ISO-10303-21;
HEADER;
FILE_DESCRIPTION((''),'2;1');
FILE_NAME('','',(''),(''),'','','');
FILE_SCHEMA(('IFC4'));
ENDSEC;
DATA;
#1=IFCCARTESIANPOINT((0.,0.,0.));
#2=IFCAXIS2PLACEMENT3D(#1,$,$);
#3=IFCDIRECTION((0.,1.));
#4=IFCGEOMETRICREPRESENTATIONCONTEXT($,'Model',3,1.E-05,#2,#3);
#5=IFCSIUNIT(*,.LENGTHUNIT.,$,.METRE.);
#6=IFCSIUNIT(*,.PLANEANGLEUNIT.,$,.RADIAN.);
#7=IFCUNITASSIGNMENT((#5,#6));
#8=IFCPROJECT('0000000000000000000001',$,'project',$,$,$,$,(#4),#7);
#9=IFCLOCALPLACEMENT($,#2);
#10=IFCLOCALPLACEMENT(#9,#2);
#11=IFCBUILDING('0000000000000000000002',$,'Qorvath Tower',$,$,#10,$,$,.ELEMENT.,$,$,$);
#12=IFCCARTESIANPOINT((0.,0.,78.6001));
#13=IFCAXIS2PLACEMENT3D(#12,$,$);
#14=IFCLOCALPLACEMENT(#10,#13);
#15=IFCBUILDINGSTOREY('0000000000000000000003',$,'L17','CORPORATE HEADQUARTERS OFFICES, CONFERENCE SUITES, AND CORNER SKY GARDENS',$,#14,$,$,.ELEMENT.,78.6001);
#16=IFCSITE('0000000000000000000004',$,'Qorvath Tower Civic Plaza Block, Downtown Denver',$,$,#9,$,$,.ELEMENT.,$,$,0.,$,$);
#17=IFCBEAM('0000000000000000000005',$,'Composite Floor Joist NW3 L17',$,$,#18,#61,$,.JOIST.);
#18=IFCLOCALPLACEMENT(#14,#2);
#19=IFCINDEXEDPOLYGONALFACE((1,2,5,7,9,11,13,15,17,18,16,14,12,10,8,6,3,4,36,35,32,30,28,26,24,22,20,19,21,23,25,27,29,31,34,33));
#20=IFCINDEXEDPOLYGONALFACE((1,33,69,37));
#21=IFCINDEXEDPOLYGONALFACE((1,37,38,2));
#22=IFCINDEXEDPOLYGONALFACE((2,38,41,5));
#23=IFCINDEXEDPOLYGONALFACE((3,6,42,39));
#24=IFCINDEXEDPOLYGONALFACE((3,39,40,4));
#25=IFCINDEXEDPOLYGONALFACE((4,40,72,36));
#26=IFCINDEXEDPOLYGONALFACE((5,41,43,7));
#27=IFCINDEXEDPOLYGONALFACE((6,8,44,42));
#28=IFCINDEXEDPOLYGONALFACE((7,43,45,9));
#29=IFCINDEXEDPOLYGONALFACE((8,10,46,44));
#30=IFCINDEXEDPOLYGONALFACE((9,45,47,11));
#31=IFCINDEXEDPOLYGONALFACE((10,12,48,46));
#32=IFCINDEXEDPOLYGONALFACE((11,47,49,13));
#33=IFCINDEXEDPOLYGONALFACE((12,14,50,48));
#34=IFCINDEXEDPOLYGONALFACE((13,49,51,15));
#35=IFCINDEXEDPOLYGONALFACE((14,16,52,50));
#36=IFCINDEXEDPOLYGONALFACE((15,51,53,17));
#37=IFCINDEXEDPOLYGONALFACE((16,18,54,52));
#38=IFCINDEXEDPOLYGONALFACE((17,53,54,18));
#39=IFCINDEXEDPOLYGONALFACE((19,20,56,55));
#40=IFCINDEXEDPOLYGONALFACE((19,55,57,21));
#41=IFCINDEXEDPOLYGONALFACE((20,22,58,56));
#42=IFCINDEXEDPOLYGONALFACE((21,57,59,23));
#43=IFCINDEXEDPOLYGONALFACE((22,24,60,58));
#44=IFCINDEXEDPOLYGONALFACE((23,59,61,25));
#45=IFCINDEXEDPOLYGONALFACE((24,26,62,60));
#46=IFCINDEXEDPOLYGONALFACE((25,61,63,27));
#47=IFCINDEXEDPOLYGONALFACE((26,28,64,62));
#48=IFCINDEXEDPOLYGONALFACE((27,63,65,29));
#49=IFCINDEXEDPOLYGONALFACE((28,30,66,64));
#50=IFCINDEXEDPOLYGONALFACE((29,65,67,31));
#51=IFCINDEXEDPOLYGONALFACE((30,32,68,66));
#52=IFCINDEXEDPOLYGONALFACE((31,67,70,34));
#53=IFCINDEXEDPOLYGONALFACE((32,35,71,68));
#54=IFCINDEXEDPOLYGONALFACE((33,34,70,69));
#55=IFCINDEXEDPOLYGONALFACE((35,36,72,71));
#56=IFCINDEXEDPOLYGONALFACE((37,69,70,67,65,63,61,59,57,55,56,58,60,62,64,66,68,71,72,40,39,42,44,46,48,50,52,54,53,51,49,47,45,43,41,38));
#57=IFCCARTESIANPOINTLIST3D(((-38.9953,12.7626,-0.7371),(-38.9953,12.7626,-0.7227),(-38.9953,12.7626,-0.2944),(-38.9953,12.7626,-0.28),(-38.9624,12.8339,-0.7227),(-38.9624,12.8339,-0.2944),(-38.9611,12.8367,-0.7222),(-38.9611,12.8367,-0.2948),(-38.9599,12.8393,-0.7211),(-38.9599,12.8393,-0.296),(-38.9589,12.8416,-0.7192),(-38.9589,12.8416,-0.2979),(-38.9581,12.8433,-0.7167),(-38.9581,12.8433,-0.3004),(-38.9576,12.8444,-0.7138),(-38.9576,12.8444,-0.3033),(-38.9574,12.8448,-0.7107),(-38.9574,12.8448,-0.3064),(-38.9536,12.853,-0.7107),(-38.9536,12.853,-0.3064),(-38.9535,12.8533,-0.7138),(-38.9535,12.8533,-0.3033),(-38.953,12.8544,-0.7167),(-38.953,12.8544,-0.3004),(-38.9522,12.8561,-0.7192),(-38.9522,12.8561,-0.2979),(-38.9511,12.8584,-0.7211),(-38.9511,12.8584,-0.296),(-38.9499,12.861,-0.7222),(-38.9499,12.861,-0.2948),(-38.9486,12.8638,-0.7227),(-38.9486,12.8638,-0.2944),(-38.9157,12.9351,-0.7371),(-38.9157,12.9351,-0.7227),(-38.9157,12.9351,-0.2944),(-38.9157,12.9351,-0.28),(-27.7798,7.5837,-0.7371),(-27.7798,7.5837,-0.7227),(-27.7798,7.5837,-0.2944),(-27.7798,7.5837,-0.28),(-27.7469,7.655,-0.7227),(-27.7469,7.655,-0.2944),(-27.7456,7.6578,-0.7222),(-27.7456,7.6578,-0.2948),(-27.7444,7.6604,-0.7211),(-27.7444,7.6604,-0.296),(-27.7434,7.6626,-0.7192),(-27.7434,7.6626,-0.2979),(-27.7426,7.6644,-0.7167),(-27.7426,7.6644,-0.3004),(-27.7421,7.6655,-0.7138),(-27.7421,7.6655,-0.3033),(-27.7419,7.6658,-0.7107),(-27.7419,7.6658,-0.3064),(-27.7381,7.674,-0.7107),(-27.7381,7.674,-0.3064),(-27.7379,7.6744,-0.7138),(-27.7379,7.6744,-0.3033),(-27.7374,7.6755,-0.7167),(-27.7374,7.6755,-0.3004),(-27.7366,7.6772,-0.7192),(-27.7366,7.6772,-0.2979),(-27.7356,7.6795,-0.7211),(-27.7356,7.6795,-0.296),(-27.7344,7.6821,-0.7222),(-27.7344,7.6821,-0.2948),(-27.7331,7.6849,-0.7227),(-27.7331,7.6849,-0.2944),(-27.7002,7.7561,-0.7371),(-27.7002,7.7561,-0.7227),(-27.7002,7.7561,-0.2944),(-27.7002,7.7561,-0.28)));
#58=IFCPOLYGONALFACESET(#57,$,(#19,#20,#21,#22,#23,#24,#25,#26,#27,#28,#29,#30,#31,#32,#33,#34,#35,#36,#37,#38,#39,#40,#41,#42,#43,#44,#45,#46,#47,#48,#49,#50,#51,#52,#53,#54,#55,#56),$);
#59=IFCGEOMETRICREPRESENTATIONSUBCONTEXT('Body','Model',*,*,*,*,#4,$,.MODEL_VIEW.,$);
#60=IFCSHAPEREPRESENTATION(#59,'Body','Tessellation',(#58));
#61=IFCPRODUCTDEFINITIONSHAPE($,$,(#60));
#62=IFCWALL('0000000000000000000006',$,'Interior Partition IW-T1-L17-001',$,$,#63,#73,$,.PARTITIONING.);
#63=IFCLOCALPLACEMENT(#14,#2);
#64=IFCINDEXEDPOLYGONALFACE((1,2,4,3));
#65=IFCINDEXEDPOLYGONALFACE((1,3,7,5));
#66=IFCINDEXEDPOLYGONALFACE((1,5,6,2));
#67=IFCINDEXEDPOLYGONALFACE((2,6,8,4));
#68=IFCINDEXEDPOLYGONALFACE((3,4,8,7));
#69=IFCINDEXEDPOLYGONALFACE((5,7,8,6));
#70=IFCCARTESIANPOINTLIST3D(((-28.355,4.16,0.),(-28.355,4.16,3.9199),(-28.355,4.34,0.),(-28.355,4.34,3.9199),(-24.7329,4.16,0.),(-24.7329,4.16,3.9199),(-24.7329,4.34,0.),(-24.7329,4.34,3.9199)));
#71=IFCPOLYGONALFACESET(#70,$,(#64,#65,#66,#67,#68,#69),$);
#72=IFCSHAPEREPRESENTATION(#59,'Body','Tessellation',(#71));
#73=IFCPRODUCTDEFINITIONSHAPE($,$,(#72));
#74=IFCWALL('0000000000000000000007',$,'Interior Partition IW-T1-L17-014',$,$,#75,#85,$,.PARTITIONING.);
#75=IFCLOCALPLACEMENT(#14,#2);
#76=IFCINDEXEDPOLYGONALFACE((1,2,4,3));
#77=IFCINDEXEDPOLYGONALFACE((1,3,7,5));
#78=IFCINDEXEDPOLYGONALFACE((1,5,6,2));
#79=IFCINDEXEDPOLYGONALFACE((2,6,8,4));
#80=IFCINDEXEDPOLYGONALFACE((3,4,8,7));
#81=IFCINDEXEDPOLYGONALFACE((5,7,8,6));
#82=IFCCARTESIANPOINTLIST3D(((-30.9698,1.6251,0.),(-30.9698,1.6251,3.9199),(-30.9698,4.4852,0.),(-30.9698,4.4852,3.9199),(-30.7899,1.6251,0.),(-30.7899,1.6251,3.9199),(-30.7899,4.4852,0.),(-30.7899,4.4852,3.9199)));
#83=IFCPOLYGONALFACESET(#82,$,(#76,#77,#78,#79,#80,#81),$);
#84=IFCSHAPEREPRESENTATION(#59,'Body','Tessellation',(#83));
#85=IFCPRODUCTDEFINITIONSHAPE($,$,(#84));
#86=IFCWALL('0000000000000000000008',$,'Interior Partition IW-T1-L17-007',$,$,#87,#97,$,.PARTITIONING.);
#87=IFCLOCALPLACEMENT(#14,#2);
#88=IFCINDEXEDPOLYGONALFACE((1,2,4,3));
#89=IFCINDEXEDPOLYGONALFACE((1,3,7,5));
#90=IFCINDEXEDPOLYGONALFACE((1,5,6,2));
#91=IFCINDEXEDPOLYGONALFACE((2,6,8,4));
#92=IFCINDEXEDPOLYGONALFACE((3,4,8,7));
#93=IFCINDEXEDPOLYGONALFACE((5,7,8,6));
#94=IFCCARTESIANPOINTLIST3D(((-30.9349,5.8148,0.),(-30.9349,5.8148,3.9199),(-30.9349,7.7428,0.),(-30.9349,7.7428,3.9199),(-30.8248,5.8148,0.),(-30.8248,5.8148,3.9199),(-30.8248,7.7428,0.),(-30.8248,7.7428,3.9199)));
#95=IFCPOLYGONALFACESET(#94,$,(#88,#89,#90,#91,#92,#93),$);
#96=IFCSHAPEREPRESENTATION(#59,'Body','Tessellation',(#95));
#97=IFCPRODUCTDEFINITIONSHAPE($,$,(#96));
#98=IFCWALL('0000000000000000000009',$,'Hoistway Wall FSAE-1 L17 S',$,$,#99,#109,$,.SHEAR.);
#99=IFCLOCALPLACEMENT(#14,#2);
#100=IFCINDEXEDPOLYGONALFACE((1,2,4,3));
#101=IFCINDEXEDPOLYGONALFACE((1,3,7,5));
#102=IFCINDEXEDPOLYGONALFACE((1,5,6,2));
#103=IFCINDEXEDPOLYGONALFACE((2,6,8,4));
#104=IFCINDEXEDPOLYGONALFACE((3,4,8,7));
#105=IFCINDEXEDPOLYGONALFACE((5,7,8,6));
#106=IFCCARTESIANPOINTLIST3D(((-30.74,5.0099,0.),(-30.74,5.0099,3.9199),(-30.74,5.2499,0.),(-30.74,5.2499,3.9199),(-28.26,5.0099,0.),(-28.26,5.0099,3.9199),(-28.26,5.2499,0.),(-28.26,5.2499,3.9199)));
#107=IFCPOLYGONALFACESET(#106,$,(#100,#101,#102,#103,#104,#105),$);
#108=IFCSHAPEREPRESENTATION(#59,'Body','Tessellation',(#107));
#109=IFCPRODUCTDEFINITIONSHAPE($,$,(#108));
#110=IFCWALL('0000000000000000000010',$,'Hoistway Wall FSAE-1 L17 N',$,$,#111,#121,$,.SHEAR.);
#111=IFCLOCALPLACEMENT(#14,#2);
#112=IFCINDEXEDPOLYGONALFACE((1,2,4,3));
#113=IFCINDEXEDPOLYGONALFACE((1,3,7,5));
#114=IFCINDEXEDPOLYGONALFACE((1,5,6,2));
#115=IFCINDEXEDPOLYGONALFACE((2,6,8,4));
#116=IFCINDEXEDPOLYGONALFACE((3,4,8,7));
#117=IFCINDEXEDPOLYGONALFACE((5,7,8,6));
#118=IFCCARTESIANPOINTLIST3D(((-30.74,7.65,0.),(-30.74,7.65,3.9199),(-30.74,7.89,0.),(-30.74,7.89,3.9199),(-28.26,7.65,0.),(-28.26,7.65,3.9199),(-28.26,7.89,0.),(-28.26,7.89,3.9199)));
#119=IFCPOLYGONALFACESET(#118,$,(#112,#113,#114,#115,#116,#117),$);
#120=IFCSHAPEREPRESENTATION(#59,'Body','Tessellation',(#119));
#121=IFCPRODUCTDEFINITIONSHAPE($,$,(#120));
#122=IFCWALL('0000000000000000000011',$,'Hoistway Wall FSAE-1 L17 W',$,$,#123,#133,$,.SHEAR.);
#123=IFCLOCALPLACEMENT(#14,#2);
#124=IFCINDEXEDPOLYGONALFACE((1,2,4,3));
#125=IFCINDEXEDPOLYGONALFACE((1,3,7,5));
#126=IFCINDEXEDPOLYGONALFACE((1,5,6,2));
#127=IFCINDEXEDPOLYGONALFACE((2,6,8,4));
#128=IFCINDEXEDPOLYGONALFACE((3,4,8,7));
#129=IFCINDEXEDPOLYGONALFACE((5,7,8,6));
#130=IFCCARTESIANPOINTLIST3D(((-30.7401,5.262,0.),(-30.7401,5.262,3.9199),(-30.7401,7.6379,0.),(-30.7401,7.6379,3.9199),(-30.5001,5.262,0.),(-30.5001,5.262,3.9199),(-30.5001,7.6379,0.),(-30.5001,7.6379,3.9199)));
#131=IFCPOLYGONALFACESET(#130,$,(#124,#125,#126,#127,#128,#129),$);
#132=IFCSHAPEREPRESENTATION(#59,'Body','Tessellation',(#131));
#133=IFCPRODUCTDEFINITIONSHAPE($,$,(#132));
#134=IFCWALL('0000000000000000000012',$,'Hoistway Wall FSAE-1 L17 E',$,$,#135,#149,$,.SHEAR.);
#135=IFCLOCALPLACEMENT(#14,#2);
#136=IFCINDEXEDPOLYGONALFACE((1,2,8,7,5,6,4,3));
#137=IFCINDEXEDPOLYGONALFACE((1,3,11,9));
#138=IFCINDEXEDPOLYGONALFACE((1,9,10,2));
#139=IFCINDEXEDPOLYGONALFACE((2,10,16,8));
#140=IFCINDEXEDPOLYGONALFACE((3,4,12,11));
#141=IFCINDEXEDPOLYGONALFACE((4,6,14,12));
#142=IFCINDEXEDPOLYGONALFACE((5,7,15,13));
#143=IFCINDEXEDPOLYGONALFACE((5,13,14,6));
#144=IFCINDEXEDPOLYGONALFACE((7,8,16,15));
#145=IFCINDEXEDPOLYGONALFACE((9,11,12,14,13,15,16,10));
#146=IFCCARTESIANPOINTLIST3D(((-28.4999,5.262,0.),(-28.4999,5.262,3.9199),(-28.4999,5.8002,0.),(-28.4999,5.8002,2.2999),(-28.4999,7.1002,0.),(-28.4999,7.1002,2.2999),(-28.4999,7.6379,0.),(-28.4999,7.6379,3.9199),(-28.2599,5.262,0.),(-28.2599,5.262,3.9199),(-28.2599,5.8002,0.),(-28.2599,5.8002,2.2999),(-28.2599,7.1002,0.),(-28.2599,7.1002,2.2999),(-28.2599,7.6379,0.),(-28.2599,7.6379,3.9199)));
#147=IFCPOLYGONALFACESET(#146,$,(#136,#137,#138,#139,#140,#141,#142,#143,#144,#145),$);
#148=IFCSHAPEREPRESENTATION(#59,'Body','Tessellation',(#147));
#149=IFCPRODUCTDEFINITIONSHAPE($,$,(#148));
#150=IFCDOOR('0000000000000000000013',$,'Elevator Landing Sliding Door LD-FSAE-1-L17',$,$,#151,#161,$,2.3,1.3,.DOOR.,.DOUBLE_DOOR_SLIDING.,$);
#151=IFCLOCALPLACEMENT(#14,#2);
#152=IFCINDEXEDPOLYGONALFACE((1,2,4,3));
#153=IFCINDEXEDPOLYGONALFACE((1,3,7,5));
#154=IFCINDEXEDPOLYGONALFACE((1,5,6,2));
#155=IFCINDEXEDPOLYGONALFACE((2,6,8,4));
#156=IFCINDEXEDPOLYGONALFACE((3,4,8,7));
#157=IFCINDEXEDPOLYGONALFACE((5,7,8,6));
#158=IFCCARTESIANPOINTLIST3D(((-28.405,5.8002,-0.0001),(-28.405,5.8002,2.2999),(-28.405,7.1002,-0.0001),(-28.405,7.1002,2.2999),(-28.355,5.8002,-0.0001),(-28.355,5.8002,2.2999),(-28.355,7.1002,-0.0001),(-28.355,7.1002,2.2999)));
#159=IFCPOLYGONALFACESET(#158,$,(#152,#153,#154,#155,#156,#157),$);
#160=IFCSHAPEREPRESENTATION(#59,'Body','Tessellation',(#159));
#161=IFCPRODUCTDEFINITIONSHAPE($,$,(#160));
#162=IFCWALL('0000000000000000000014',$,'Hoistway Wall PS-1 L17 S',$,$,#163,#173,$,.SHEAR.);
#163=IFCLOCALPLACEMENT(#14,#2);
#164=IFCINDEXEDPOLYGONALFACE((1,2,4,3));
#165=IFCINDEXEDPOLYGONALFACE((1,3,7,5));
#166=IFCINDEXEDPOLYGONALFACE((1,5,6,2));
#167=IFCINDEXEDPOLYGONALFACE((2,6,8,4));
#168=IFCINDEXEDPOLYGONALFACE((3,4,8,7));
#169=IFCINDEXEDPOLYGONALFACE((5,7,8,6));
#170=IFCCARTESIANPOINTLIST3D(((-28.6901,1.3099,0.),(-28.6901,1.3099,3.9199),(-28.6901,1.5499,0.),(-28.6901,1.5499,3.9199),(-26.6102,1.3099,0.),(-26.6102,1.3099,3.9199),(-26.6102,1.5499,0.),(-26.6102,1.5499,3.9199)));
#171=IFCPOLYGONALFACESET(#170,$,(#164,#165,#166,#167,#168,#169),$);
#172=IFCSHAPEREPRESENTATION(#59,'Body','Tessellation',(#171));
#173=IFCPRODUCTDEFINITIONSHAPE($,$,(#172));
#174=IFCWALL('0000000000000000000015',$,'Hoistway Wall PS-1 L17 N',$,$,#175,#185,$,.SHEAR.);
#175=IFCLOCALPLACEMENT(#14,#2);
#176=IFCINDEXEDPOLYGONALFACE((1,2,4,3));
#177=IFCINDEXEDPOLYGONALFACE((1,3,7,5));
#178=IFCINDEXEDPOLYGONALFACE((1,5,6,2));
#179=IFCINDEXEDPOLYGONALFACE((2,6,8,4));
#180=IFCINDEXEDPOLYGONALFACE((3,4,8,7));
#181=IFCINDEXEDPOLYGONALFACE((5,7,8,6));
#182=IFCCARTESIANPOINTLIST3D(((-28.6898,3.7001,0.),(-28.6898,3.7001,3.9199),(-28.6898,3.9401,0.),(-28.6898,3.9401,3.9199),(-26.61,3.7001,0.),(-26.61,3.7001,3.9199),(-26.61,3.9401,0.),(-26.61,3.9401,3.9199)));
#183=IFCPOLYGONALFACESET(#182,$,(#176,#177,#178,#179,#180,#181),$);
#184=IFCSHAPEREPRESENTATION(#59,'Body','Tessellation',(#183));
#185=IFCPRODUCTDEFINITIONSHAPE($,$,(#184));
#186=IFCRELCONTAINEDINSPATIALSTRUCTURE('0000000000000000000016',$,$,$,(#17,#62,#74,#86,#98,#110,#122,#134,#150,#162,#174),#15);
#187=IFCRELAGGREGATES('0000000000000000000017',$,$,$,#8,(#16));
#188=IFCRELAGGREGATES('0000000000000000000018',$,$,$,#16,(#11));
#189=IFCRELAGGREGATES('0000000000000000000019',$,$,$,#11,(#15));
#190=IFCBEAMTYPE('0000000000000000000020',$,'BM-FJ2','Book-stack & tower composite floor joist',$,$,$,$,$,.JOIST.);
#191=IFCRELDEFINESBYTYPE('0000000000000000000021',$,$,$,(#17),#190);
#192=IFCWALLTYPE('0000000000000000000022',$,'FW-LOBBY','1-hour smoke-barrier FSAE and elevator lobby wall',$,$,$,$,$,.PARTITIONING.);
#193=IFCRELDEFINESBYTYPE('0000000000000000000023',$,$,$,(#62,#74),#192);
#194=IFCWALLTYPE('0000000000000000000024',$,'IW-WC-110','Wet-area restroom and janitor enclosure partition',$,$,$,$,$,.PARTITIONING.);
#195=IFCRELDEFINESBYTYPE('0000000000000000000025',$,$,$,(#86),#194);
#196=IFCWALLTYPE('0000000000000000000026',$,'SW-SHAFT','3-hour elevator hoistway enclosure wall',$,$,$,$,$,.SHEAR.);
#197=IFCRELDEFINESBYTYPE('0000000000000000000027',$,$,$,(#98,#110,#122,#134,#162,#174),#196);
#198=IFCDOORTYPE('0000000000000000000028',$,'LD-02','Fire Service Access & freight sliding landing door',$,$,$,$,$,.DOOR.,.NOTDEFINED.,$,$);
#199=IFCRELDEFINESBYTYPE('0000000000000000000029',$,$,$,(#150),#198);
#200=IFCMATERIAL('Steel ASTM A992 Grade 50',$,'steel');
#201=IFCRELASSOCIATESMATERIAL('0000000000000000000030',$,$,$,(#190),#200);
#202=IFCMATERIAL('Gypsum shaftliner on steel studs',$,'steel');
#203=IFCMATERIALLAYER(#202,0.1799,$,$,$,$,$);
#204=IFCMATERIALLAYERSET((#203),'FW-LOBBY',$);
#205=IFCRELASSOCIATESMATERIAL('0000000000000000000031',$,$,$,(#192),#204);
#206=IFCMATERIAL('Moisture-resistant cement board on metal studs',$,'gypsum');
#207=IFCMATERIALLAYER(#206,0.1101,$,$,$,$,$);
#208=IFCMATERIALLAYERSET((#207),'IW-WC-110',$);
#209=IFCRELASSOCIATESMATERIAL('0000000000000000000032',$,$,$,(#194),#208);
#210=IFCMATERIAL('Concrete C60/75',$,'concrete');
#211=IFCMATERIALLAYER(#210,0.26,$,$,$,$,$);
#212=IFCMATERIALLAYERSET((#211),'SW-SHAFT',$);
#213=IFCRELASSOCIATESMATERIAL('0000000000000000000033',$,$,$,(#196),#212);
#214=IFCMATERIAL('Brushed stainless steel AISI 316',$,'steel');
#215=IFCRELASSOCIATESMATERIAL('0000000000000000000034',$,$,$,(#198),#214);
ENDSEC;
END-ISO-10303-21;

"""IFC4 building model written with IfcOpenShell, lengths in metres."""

from ifc_helpers import new_model, si_unit, direction, frame, frame_2d, origin, origin_2d, place, context, subcontext, project, spatial, rectangle, i_section, extrude, material, layer, layer_set, material_profile, profile_set, type_object, element, fill, save


model = new_model("IFC4")

# Units and contexts
model_context = context("Model", 3, precision=1e-05, world=origin(), true_north=direction((0.0, 1.0)))
body_context = subcontext(model_context, "Body", "Model", "MODEL_VIEW")
ifc_project = project(units=[si_unit("LENGTHUNIT", "METRE"), si_unit("PLANEANGLEUNIT", "RADIAN")], contexts=[model_context])

# Site, building, storey
site_placement = place(None, origin())
site = spatial("IfcSite", under=ifc_project, at=site_placement, Name="Qorvath Tower Civic Plaza Block, Downtown Denver", CompositionType="ELEMENT", RefElevation=0.0)
building_placement = place(site_placement, origin())
building = spatial("IfcBuilding", under=site, at=building_placement, Name="Qorvath Tower", CompositionType="ELEMENT")
storey_placement = place(building_placement, frame((0.0, 0.0, 78.6001)))
storey = spatial("IfcBuildingStorey", under=building, at=storey_placement, Name="L17", Description="CORPORATE HEADQUARTERS OFFICES, CONFERENCE SUITES, AND CORNER SKY GARDENS", CompositionType="ELEMENT", Elevation=78.6001)

# Beam
ifc_material_1 = material(Name="Steel ASTM A992 Grade 50", Category="steel")
ifc_material_profile_1 = material_profile(ifc_material_1, i_section(OverallWidth=0.1899, OverallDepth=0.457, WebThickness=0.009, FlangeThickness=0.0144, FilletRadius=0.012, at=origin_2d()), Name="W18x50")
ifc_profile_set_1 = profile_set([ifc_material_profile_1], Name="Steel ASTM A992 Grade 50")
beam_type_1 = type_object("IfcBeamType", Name="BM-FJ2", Description="Book-stack & tower composite floor joist", PredefinedType="JOIST", material=ifc_profile_set_1)
beam_1_placement = place(storey_placement, frame((-27.74, 7.6699, -0.5085), z_axis=(-0.907881, 0.419227, 0.0), x_axis=(-0.419227, -0.907881, 0.0)))
element("IfcBeam", 1, at=beam_1_placement, inside=storey, type_object=beam_type_1, Name="Composite Floor Joist NW3 L17", PredefinedType="JOIST", context=body_context, shape_type="SweptSolid", body=[
    extrude(i_section(OverallWidth=0.1899, OverallDepth=0.457, WebThickness=0.009, FlangeThickness=0.0144, FilletRadius=0.012, at=origin_2d()), origin(), (0.0, 0.0, 1.0), 12.3535),
])

# Wall
ifc_material_2 = material(Name="Gypsum shaftliner on steel studs", Category="steel")
ifc_layer_1 = layer(ifc_material_2, 0.1799)
ifc_layer_set_1 = layer_set([ifc_layer_1], Name="FW-LOBBY")
wall_type_1 = type_object("IfcWallType", Name="FW-LOBBY", Description="1-hour smoke-barrier FSAE and elevator lobby wall", PredefinedType="PARTITIONING", material=ifc_layer_set_1)
wall_1_placement = place(storey_placement, frame((-28.355, 4.25, 0.0), z_axis=(0.0, 0.0, 1.0), x_axis=(1.0, 0.0, 0.0)))
element("IfcWall", 2, at=wall_1_placement, inside=storey, type_object=wall_type_1, Name="Interior Partition IW-T1-L17-001", PredefinedType="PARTITIONING", context=body_context, shape_type="SweptSolid", body=[
    extrude(rectangle(XDim=3.6221, YDim=0.1799, at=frame_2d((1.811, 0.0))), origin(), (0.0, 0.0, 1.0), 3.9199),
])

# Walls
wall_2_placement = place(storey_placement, frame((-30.8799, 1.625, 0.0), z_axis=(0.0, 0.0, 1.0), x_axis=(0.0, 1.0, 0.0)))
element("IfcWall", 3, at=wall_2_placement, inside=storey, type_object=wall_type_1, Name="Interior Partition IW-T1-L17-014", PredefinedType="PARTITIONING", context=body_context, shape_type="SweptSolid", body=[
    extrude(rectangle(XDim=2.8601, YDim=0.1799, at=frame_2d((1.4302, 0.0))), origin(), (0.0, 0.0, 1.0), 3.9199),
])
ifc_material_3 = material(Name="Moisture-resistant cement board on metal studs", Category="gypsum")
ifc_layer_2 = layer(ifc_material_3, 0.1101)
ifc_layer_set_2 = layer_set([ifc_layer_2], Name="IW-WC-110")
wall_type_2 = type_object("IfcWallType", Name="IW-WC-110", Description="Wet-area restroom and janitor enclosure partition", PredefinedType="PARTITIONING", material=ifc_layer_set_2)
wall_3_placement = place(storey_placement, frame((-30.8799, 5.8149, 0.0), z_axis=(0.0, 0.0, 1.0), x_axis=(0.0, 1.0, 0.0)))
element("IfcWall", 4, at=wall_3_placement, inside=storey, type_object=wall_type_2, Name="Interior Partition IW-T1-L17-007", PredefinedType="PARTITIONING", context=body_context, shape_type="SweptSolid", body=[
    extrude(rectangle(XDim=1.928, YDim=0.1101, at=frame_2d((0.9639, 0.0))), origin(), (0.0, 0.0, 1.0), 3.9199),
])
ifc_material_4 = material(Name="Concrete C60/75", Category="concrete")
ifc_layer_3 = layer(ifc_material_4, 0.26)
ifc_layer_set_3 = layer_set([ifc_layer_3], Name="SW-SHAFT")
wall_type_3 = type_object("IfcWallType", Name="SW-SHAFT", Description="3-hour elevator hoistway enclosure wall", PredefinedType="SHEAR", material=ifc_layer_set_3)
for number, where, z_axis, x_axis, name in (
    (5, (-28.26, 5.1299, 0.0), (0.0, 0.0, 1.0), (-1.0, 0.0, 0.0), "Hoistway Wall FSAE-1 L17 S"),
    (6, (-30.74, 7.77, 0.0), (0.0, 0.0, 1.0), (1.0, 0.0, 0.0), "Hoistway Wall FSAE-1 L17 N"),
):
    element("IfcWall", number, at=place(storey_placement, frame(where, z_axis=z_axis, x_axis=x_axis)), inside=storey, type_object=wall_type_3, Name=name, PredefinedType="SHEAR", context=body_context, shape_type="SweptSolid", body=[
        extrude(rectangle(XDim=2.48, YDim=0.24, at=frame_2d((1.24, 0.0))), origin(), (0.0, 0.0, 1.0), 3.9199),
    ])
wall_4_placement = place(storey_placement, frame((-30.6201, 5.262, 0.0), z_axis=(0.0, 0.0, 1.0), x_axis=(0.0, 1.0, 0.0)))
element("IfcWall", 7, at=wall_4_placement, inside=storey, type_object=wall_type_3, Name="Hoistway Wall FSAE-1 L17 W", PredefinedType="SHEAR", context=body_context, shape_type="SweptSolid", body=[
    extrude(rectangle(XDim=2.376, YDim=0.24, at=frame_2d((1.188, 0.0))), origin(), (0.0, 0.0, 1.0), 3.9199),
])

# Wall, opening, door
wall_5_placement = place(storey_placement, frame((-28.3799, 7.6379, 0.0), z_axis=(0.0, 0.0, 1.0), x_axis=(0.0, -1.0, 0.0)))
wall_5 = element("IfcWall", 8, at=wall_5_placement, inside=storey, type_object=wall_type_3, Name="Hoistway Wall FSAE-1 L17 E", PredefinedType="SHEAR", context=body_context, shape_type="SweptSolid", body=[
    extrude(rectangle(XDim=2.376, YDim=0.24, at=frame_2d((1.188, 0.0))), origin(), (0.0, 0.0, 1.0), 3.9199),
])
opening_1_placement = place(wall_5_placement, frame((0.5378, 0.0, 0.0)))
opening_1 = element("IfcOpeningElement", 9, at=opening_1_placement, cuts=wall_5, PredefinedType="OPENING", context=body_context, shape_type="SweptSolid", body=[
    extrude(rectangle(XDim=1.3, YDim=2.3, at=frame_2d((0.6499, 1.1499))), frame((0.0, 0.1299, 0.0), z_axis=(0.0, -1.0, 0.0), x_axis=(1.0, 0.0, 0.0)), (0.0, 0.0, 1.0), 0.26),
])
ifc_material_5 = material(Name="Brushed stainless steel AISI 316", Category="steel")
door_type_1 = type_object("IfcDoorType", Name="LD-02", Description="Fire Service Access & freight sliding landing door", OperationType="NOTDEFINED", PredefinedType="DOOR", material=ifc_material_5)
door_1_placement = place(opening_1_placement, origin())
door_1 = element("IfcDoor", 10, at=door_1_placement, inside=storey, type_object=door_type_1, Name="Elevator Landing Sliding Door LD-FSAE-1-L17", OperationType="DOUBLE_DOOR_SLIDING", OverallHeight=2.3, OverallWidth=1.3, PredefinedType="DOOR", context=body_context, shape_type="SweptSolid", body=[
    extrude(rectangle(XDim=1.3, YDim=2.3, at=frame_2d((0.6499, 1.1499))), frame((0.0, 0.0249, 0.0), z_axis=(0.0, -1.0, 0.0), x_axis=(1.0, 0.0, 0.0)), (0.0, 0.0, 1.0), 0.05),
])
fill(opening_1, door_1)

# Walls
for number, where, z_axis, x_axis, name in (
    (11, (-26.6101, 1.4299, 0.0), (0.0, 0.0, 1.0), (-1.0, 0.0, 0.0), "Hoistway Wall PS-1 L17 S"),
    (12, (-28.6899, 3.8201, 0.0), (0.0, 0.0, 1.0), (1.0, 0.0, 0.0), "Hoistway Wall PS-1 L17 N"),
):
    element("IfcWall", number, at=place(storey_placement, frame(where, z_axis=z_axis, x_axis=x_axis)), inside=storey, type_object=wall_type_3, Name=name, PredefinedType="SHEAR", context=body_context, shape_type="SweptSolid", body=[
        extrude(rectangle(XDim=2.0798, YDim=0.24, at=frame_2d((1.04, 0.0))), origin(), (0.0, 0.0, 1.0), 3.9199),
    ])

save(model, "model.ifc")
